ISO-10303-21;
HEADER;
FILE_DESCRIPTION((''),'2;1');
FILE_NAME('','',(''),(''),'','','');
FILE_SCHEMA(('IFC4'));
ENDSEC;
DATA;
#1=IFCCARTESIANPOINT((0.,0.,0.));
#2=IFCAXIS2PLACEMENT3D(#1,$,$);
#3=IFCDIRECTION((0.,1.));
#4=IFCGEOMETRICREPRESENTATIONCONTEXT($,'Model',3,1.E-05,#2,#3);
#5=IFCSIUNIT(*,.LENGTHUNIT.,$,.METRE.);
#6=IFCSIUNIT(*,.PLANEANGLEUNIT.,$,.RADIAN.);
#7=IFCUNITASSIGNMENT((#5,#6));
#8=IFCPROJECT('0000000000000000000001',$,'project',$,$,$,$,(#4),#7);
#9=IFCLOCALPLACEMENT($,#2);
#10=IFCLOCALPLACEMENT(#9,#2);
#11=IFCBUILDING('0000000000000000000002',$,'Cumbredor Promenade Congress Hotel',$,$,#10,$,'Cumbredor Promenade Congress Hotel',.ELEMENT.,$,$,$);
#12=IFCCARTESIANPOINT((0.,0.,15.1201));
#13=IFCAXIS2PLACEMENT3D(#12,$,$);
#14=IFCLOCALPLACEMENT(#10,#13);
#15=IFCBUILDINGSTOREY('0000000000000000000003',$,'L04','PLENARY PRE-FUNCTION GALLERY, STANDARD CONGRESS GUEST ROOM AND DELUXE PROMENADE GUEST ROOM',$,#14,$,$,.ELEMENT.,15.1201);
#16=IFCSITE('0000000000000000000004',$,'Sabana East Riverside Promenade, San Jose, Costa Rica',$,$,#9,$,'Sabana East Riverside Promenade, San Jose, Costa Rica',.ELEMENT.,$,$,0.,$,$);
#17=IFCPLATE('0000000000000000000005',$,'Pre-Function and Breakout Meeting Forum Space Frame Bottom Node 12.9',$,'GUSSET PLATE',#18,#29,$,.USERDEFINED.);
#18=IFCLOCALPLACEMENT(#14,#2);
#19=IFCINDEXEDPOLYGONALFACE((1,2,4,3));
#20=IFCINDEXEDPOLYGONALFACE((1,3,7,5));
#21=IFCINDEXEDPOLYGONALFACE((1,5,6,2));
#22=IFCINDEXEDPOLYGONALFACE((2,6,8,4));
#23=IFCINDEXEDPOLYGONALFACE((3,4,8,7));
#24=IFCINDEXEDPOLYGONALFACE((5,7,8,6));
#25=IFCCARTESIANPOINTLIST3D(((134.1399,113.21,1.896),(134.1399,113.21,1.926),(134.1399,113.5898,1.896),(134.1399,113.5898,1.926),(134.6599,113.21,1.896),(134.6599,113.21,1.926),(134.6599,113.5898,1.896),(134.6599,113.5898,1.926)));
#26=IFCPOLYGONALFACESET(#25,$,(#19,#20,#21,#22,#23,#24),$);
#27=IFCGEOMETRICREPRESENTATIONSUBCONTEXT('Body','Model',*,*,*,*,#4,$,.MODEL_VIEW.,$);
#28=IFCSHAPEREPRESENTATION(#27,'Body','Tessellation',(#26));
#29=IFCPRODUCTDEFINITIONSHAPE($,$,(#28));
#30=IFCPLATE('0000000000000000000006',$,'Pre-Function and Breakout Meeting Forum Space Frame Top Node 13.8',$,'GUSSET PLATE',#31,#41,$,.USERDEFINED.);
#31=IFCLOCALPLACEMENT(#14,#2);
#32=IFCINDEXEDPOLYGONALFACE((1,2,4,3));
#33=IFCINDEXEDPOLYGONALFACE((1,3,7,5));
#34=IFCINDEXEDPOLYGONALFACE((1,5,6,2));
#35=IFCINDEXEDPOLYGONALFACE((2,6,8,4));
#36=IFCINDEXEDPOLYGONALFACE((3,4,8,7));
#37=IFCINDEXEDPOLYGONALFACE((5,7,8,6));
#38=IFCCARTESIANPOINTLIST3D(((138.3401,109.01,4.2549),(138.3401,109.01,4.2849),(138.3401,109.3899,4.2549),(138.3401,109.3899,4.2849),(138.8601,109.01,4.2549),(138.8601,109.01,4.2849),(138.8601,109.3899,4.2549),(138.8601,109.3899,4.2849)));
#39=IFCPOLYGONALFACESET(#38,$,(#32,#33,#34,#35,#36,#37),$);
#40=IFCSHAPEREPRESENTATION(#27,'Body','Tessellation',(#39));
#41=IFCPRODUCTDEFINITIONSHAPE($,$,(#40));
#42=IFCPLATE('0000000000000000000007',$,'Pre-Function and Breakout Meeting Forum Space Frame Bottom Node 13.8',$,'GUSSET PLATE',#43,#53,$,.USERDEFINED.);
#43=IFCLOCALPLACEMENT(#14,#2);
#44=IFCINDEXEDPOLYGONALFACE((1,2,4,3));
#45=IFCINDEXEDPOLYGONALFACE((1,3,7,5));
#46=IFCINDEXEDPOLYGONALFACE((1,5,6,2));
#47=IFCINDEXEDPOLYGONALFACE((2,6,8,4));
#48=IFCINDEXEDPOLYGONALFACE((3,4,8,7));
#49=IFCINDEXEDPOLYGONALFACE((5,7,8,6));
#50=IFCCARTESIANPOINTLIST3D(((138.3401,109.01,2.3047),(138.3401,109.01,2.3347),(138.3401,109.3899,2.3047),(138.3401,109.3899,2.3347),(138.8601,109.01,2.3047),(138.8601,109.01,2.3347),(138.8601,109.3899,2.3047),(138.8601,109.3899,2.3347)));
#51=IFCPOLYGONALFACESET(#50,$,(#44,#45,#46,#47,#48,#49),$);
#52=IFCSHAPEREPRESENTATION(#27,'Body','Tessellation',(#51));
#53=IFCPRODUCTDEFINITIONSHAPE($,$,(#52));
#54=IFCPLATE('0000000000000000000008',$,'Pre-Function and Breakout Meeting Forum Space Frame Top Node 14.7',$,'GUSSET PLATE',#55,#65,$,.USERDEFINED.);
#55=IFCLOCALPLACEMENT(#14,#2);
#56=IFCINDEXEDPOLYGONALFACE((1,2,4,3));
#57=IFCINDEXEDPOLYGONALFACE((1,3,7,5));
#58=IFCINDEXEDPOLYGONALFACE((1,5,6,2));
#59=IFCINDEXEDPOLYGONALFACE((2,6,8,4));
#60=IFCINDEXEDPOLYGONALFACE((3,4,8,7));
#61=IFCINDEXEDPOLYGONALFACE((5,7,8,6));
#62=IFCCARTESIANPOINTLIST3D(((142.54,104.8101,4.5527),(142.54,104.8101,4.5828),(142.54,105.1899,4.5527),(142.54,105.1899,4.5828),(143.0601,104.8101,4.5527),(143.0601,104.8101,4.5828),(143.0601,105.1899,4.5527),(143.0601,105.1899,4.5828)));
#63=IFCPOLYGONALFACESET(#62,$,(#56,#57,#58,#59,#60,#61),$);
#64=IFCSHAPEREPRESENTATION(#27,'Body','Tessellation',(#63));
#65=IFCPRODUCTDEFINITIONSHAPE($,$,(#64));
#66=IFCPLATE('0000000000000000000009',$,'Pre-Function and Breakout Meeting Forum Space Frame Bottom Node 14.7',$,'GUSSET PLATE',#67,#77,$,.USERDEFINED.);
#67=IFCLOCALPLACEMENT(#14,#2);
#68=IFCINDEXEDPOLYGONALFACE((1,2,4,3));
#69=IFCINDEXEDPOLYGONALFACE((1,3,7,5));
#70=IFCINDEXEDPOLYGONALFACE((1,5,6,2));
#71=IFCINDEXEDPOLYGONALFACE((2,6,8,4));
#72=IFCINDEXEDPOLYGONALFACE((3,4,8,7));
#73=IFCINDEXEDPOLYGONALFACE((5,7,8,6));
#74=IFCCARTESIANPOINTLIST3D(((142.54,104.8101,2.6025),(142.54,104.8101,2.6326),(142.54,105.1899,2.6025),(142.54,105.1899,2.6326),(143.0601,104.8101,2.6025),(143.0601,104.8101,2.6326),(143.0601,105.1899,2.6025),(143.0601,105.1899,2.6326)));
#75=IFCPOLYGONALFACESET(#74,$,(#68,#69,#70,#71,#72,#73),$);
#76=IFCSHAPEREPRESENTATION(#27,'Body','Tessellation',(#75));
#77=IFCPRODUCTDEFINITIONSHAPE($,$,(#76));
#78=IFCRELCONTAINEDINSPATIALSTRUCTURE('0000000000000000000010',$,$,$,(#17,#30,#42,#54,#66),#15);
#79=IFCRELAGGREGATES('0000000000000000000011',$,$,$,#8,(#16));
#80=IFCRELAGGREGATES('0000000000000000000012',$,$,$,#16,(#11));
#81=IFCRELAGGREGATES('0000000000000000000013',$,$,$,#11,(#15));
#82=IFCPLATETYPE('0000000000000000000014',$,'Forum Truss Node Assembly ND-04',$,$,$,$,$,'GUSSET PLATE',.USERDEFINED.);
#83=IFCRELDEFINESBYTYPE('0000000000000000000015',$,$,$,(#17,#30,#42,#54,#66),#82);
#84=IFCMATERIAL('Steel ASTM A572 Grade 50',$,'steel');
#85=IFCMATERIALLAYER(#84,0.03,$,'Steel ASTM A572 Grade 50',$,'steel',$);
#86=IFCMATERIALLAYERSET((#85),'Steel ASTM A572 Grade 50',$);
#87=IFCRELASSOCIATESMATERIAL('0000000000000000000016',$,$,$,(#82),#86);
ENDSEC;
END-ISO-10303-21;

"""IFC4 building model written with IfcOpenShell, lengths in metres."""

from ifc_helpers import new_model, si_unit, direction, frame, origin, origin_2d, place, context, subcontext, project, spatial, rectangle, extrude, material, layer, layer_set, type_object, element, save


model = new_model("IFC4")

# Units and contexts
model_context = context("Model", 3, precision=1e-05, world=origin(), true_north=direction((0.0, 1.0)))
body_context = subcontext(model_context, "Body", "Model", "MODEL_VIEW")
ifc_project = project(units=[si_unit("LENGTHUNIT", "METRE"), si_unit("PLANEANGLEUNIT", "RADIAN")], contexts=[model_context])

# Site, building, storey
site_placement = place(None, origin())
site = spatial("IfcSite", under=ifc_project, at=site_placement, Name="Sabana East Riverside Promenade, San Jose, Costa Rica", LongName="Sabana East Riverside Promenade, San Jose, Costa Rica", CompositionType="ELEMENT", RefElevation=0.0)
building_placement = place(site_placement, origin())
building = spatial("IfcBuilding", under=site, at=building_placement, Name="Cumbredor Promenade Congress Hotel", LongName="Cumbredor Promenade Congress Hotel", CompositionType="ELEMENT")
storey_placement = place(building_placement, frame((0.0, 0.0, 15.1201)))
storey = spatial("IfcBuildingStorey", under=building, at=storey_placement, Name="L04", Description="PLENARY PRE-FUNCTION GALLERY, STANDARD CONGRESS GUEST ROOM AND DELUXE PROMENADE GUEST ROOM", CompositionType="ELEMENT", Elevation=15.1201)

# Plates
ifc_material_1 = material(Name="Steel ASTM A572 Grade 50", Category="steel")
ifc_layer = layer(ifc_material_1, 0.03, Name="Steel ASTM A572 Grade 50", Category="steel")
ifc_layer_set = layer_set([ifc_layer], Name="Steel ASTM A572 Grade 50")
plate_type = type_object("IfcPlateType", Name="Forum Truss Node Assembly ND-04", ElementType="GUSSET PLATE", PredefinedType="USERDEFINED", material=ifc_layer_set)
for number, where, z_axis, x_axis, name in (
    (1, (134.3999, 113.3999, 1.896), (0.0, 0.0, 1.0), (1.0, 0.0, 0.0), "Pre-Function and Breakout Meeting Forum Space Frame Bottom Node 12.9"),
    (2, (138.6001, 109.2, 4.2549), (0.0, 0.0, 1.0), (1.0, 0.0, 0.0), "Pre-Function and Breakout Meeting Forum Space Frame Top Node 13.8"),
    (3, (138.6001, 109.2, 2.3047), (0.0, 0.0, 1.0), (1.0, 0.0, 0.0), "Pre-Function and Breakout Meeting Forum Space Frame Bottom Node 13.8"),
    (4, (142.8, 105.0, 4.5527), (0.0, 0.0, 1.0), (1.0, 0.0, 0.0), "Pre-Function and Breakout Meeting Forum Space Frame Top Node 14.7"),
    (5, (142.8, 105.0, 2.6025), (0.0, 0.0, 1.0), (1.0, 0.0, 0.0), "Pre-Function and Breakout Meeting Forum Space Frame Bottom Node 14.7"),
):
    element("IfcPlate", number, at=place(storey_placement, frame(where, z_axis=z_axis, x_axis=x_axis)), inside=storey, type_object=plate_type, Name=name, ObjectType="GUSSET PLATE", PredefinedType="USERDEFINED", context=body_context, shape_type="SweptSolid", body=[
        extrude(rectangle(XDim=0.52, YDim=0.3799, at=origin_2d()), origin(), (0.0, 0.0, 1.0), 0.03),
    ])

save(model, "model.ifc")
